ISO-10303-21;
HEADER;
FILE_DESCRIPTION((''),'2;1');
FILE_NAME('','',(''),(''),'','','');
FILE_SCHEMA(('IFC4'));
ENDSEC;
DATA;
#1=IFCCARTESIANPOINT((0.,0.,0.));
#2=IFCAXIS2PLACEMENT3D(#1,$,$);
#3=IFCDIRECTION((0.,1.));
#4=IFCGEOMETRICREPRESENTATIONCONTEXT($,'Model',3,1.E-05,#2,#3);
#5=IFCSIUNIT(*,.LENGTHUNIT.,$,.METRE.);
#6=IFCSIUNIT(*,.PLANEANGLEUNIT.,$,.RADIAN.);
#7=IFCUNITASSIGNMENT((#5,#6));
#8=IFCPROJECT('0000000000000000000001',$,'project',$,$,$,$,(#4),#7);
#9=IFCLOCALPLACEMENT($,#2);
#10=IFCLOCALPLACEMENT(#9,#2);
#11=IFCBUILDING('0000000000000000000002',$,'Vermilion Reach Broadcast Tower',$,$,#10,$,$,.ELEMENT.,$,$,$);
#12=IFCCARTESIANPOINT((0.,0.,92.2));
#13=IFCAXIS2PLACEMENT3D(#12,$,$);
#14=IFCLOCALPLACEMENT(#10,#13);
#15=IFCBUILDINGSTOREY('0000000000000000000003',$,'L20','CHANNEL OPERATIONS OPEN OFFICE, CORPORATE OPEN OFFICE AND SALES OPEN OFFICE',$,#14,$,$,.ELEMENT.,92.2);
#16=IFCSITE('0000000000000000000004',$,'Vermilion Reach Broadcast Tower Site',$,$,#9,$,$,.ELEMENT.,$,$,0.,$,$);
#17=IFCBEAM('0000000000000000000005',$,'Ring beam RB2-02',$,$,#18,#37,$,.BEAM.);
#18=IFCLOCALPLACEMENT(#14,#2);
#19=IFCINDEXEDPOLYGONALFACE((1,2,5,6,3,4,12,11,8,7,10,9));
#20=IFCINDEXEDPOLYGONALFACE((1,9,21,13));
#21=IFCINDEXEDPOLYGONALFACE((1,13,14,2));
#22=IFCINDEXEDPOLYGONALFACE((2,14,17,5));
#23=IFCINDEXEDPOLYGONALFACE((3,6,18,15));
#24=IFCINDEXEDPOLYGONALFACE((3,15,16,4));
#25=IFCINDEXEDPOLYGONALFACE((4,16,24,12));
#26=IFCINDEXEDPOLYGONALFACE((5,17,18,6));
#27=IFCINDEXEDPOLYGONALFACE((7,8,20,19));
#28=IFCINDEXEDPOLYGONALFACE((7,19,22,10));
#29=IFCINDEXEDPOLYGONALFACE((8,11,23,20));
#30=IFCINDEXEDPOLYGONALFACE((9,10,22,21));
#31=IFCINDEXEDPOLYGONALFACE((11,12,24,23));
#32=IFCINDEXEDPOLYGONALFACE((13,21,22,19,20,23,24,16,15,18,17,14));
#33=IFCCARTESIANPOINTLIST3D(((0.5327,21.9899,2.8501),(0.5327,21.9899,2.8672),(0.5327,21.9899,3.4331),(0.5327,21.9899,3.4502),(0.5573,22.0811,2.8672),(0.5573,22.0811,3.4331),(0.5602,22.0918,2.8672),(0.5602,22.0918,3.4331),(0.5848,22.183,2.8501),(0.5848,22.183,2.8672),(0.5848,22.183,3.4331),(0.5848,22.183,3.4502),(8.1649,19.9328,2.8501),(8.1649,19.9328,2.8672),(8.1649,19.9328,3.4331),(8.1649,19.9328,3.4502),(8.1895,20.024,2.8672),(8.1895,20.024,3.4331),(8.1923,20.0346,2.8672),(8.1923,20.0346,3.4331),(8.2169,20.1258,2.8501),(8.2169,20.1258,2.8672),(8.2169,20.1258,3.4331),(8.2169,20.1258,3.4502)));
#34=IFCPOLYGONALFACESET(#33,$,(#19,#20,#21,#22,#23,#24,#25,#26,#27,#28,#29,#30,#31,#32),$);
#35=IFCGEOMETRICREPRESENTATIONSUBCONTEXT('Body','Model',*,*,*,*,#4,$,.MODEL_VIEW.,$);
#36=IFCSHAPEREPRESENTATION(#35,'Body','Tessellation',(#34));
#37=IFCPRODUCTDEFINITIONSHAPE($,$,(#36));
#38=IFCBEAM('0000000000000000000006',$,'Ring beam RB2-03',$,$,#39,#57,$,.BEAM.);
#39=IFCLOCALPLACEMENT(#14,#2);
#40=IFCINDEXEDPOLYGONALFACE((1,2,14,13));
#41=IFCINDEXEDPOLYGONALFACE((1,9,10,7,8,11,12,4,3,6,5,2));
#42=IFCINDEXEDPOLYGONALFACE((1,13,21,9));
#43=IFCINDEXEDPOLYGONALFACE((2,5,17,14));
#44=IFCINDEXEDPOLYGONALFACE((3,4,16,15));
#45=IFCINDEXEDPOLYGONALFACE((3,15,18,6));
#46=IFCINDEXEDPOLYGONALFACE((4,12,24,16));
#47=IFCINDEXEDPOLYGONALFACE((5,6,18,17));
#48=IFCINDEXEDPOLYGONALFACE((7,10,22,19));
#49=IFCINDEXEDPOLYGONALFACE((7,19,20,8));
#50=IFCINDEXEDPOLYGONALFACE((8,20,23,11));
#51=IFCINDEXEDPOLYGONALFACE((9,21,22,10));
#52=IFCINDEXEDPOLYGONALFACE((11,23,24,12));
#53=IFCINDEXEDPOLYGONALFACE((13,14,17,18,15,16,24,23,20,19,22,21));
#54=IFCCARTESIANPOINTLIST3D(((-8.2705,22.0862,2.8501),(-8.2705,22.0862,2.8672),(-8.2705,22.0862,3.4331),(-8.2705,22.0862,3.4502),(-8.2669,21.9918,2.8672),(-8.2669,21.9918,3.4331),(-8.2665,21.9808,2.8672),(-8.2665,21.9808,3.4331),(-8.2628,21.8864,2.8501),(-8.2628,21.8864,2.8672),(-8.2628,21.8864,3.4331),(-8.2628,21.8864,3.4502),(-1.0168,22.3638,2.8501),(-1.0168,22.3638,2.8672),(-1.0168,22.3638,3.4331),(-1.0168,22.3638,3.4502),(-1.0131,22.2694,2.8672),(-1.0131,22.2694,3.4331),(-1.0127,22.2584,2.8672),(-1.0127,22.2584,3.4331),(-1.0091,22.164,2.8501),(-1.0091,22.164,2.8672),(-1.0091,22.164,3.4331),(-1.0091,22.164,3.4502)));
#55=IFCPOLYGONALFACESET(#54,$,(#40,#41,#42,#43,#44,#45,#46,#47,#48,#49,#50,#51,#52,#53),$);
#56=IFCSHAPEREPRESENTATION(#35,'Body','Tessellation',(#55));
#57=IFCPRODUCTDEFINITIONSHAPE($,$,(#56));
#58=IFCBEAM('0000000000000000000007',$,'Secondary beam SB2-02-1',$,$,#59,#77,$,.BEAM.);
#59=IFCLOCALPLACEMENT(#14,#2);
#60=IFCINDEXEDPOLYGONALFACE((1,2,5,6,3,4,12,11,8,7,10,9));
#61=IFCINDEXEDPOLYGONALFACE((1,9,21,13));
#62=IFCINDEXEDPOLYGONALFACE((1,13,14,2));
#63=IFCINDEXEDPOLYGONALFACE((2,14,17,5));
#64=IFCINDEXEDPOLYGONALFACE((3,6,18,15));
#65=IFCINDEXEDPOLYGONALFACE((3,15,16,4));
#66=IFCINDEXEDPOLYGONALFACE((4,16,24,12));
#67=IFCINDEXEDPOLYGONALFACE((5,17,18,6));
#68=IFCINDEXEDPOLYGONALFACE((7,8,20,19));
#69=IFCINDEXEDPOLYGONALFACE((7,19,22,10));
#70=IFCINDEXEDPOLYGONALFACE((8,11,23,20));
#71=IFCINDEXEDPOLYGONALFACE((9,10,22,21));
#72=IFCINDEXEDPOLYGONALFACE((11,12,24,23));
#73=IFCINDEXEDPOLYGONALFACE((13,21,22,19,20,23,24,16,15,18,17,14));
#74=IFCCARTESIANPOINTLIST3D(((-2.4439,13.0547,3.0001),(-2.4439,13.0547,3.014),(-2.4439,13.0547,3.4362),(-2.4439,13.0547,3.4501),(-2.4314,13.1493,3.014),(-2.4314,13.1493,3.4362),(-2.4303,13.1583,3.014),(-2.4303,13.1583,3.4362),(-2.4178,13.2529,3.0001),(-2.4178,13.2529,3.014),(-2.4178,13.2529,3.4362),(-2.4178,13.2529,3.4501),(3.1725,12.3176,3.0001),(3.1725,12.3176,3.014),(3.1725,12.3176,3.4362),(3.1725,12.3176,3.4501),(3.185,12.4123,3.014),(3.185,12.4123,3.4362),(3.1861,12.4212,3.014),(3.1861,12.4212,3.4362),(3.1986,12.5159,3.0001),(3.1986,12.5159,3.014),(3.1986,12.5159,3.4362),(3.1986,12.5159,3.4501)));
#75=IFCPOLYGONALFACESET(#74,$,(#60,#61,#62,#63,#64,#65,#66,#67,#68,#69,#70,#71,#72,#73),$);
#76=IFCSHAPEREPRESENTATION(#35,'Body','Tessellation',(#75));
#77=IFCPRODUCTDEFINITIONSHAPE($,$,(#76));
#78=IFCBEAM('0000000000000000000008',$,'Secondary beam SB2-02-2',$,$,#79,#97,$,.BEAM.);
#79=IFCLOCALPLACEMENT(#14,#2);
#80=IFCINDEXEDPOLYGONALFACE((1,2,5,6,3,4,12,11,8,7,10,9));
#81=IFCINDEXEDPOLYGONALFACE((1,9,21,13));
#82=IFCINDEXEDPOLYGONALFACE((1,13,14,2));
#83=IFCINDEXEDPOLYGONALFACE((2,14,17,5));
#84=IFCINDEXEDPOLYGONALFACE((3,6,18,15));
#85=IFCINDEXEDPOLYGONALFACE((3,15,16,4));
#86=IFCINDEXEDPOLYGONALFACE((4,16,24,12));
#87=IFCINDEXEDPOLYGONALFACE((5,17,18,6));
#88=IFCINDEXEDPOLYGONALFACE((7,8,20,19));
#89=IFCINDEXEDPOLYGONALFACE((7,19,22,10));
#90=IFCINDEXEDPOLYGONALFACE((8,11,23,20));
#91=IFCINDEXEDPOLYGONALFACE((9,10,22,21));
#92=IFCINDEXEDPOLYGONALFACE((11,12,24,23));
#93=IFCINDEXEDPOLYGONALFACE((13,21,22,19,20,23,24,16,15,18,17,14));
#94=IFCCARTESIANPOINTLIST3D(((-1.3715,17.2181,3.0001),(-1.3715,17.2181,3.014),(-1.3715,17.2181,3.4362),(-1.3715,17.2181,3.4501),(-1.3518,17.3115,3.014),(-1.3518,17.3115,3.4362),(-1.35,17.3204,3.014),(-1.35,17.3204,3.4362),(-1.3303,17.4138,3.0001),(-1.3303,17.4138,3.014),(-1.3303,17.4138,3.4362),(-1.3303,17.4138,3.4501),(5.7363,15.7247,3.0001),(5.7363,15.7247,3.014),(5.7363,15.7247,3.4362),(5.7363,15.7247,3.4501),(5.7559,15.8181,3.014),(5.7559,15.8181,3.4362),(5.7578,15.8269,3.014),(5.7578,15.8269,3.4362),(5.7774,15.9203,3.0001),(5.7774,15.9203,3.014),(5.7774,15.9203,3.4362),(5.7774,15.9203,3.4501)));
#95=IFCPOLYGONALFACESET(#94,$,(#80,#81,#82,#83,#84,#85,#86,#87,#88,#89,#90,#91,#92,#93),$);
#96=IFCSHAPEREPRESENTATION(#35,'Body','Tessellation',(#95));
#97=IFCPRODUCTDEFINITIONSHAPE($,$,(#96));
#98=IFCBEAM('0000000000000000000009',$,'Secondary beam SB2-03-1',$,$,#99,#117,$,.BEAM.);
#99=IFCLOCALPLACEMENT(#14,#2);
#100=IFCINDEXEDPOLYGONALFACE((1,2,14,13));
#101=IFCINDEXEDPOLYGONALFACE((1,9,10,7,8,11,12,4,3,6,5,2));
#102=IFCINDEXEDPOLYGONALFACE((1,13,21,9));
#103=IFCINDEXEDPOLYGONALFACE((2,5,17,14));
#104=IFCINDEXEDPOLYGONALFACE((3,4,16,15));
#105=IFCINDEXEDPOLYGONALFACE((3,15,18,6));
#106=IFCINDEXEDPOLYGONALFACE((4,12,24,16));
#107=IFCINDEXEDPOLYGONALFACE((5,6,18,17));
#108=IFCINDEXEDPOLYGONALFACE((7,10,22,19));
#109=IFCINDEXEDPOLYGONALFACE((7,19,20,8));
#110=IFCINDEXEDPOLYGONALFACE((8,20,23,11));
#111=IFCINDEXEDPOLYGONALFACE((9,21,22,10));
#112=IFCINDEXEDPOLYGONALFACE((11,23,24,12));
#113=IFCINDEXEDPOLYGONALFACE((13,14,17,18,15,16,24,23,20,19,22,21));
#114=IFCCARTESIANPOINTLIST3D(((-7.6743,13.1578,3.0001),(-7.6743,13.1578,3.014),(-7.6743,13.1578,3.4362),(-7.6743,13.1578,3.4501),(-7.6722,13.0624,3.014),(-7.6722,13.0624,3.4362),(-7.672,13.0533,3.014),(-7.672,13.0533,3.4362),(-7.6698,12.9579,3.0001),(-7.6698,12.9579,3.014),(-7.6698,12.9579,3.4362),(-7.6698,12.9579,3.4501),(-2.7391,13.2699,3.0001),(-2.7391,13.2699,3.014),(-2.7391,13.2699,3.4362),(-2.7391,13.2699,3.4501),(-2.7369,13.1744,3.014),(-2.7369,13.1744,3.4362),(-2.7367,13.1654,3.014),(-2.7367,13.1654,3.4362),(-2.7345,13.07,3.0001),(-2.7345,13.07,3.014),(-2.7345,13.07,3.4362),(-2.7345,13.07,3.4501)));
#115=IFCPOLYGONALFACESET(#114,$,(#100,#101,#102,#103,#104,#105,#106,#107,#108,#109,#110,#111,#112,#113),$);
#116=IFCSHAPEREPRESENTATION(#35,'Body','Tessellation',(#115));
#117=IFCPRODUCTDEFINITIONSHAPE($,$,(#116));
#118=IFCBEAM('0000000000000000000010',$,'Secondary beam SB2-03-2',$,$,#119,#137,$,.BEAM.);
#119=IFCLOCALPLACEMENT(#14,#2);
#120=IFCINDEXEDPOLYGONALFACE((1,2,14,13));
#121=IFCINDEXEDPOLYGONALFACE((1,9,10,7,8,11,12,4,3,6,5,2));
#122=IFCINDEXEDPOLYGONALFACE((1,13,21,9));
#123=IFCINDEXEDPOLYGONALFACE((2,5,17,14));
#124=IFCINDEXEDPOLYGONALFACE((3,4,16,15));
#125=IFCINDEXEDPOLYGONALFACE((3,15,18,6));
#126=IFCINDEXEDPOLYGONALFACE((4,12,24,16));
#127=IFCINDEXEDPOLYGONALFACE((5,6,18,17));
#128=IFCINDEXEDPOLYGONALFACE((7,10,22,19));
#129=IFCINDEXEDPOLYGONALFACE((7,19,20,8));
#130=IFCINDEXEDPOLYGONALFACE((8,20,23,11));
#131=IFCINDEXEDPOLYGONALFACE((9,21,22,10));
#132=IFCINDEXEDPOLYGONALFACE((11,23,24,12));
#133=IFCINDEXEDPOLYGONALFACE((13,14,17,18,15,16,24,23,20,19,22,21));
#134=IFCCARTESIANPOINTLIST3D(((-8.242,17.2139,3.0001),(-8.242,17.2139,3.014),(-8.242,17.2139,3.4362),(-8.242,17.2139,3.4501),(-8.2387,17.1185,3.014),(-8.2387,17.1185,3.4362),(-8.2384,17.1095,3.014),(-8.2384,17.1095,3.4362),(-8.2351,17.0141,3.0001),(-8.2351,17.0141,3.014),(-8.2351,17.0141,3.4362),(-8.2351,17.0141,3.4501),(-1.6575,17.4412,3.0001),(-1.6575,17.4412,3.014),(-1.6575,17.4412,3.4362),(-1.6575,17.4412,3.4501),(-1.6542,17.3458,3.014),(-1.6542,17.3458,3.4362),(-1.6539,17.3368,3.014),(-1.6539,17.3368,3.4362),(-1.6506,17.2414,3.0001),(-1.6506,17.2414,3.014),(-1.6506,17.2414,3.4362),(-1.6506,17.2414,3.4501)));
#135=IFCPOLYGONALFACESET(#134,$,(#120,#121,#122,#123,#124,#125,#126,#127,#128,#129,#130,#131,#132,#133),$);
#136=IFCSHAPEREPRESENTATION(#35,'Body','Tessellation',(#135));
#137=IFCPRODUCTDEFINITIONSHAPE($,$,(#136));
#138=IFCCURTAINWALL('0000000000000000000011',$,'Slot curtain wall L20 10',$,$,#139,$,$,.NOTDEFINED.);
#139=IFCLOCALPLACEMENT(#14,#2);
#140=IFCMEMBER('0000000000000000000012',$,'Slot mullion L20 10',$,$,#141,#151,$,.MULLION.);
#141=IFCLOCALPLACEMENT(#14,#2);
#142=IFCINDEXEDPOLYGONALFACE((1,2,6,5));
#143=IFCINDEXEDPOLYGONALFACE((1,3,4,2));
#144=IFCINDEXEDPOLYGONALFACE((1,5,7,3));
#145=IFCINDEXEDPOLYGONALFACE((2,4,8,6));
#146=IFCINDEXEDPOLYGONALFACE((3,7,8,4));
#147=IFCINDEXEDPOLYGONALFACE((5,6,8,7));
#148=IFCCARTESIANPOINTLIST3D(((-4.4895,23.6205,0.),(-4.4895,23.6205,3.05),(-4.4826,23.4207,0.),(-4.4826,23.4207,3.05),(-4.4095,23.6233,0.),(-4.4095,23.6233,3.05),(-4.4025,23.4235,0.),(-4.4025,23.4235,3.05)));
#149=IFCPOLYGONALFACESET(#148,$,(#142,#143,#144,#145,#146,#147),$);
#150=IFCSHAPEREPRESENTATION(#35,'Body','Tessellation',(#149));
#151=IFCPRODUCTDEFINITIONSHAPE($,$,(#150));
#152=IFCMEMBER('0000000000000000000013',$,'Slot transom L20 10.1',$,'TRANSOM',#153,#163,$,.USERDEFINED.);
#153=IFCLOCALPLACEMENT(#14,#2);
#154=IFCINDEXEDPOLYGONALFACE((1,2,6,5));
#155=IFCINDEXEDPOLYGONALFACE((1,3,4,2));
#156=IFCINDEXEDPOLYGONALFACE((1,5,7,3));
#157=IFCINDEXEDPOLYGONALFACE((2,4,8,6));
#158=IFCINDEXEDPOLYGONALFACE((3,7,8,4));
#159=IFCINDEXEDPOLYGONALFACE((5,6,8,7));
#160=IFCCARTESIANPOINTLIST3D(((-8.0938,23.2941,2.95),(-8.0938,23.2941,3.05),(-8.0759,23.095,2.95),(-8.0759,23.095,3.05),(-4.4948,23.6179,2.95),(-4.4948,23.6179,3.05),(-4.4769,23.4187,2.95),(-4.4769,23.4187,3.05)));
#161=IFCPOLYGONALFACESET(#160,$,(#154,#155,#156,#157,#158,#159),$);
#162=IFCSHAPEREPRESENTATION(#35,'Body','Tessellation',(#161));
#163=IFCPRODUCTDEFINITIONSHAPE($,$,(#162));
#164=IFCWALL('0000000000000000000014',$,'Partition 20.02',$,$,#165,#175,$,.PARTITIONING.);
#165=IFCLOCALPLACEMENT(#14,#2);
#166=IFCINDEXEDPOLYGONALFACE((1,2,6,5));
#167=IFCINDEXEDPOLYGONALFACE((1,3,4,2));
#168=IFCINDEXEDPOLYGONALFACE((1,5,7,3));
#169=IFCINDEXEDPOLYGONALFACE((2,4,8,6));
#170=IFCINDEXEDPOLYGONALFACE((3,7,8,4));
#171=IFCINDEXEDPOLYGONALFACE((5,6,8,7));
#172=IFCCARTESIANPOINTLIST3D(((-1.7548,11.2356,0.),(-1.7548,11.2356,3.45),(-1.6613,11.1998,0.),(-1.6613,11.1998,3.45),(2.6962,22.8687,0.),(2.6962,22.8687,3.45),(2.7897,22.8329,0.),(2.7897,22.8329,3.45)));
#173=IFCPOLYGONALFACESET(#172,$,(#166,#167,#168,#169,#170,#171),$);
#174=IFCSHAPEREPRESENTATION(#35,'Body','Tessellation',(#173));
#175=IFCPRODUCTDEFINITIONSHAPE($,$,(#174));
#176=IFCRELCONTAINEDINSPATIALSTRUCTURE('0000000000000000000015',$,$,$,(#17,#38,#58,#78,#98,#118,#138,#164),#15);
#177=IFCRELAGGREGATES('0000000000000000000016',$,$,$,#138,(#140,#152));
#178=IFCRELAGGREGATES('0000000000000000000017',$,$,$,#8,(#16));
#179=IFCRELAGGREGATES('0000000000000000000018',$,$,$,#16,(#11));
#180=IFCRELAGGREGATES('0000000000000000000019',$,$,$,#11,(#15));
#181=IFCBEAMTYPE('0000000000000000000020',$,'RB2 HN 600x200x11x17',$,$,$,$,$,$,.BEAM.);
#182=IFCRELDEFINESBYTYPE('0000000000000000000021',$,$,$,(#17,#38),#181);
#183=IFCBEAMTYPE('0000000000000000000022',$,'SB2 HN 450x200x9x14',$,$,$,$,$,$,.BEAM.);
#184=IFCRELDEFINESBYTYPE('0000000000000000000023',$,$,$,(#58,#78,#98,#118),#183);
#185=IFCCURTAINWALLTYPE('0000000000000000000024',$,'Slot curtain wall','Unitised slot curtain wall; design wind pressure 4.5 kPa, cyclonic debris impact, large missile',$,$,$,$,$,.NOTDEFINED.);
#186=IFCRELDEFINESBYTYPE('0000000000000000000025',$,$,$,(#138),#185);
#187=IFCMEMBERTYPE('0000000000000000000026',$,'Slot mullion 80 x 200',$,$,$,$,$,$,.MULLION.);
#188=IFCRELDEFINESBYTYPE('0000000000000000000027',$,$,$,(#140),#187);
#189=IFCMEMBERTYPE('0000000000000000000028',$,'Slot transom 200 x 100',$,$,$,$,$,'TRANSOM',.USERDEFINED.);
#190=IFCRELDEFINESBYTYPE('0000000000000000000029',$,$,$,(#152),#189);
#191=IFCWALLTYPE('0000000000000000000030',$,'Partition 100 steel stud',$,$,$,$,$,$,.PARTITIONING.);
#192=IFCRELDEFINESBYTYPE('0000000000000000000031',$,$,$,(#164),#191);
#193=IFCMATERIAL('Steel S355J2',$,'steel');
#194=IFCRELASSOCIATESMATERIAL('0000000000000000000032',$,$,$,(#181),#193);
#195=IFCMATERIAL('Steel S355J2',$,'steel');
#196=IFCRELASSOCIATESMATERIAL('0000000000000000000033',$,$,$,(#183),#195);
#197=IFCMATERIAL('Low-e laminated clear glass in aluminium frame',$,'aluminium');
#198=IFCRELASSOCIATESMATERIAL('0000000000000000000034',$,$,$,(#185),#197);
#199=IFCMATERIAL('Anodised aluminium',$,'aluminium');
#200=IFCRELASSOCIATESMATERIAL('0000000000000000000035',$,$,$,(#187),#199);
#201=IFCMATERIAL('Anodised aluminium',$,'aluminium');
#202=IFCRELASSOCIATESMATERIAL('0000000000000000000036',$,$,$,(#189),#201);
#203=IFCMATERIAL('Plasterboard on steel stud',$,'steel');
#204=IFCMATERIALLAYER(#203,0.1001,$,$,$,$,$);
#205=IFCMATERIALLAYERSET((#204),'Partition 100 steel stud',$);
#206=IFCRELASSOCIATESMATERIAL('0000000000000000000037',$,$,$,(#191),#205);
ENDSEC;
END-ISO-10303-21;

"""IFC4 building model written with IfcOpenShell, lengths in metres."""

from ifc_helpers import new_model, si_unit, direction, frame, frame_2d, origin, origin_2d, place, context, subcontext, project, spatial, rectangle, i_section, extrude, material, layer, layer_set, material_profile, profile_set, type_object, element, aggregate, save


model = new_model("IFC4")

# Units and contexts
model_context = context("Model", 3, precision=1e-05, world=origin(), true_north=direction((0.0, 1.0)))
body_context = subcontext(model_context, "Body", "Model", "MODEL_VIEW")
ifc_project = project(units=[si_unit("LENGTHUNIT", "METRE"), si_unit("PLANEANGLEUNIT", "RADIAN")], contexts=[model_context])

# Site, building, storey
site_placement = place(None, origin())
site = spatial("IfcSite", under=ifc_project, at=site_placement, Name="Vermilion Reach Broadcast Tower Site", CompositionType="ELEMENT", RefElevation=0.0)
building_placement = place(site_placement, origin())
building = spatial("IfcBuilding", under=site, at=building_placement, Name="Vermilion Reach Broadcast Tower", CompositionType="ELEMENT")
storey_placement = place(building_placement, frame((0.0, 0.0, 92.2)))
storey = spatial("IfcBuildingStorey", under=building, at=storey_placement, Name="L20", Description="CHANNEL OPERATIONS OPEN OFFICE, CORPORATE OPEN OFFICE AND SALES OPEN OFFICE", CompositionType="ELEMENT", Elevation=92.2)

# Beams
ifc_material_1 = material(Name="Steel S355J2", Category="steel")
ifc_material_profile_1 = material_profile(ifc_material_1, i_section(OverallWidth=0.2, OverallDepth=0.6001, WebThickness=0.011, FlangeThickness=0.0171, at=origin_2d()), Name="S355J2 HN 600x200x11x17")
ifc_profile_set_1 = profile_set([ifc_material_profile_1], Name="Steel S355J2")
beam_type_1 = type_object("IfcBeamType", Name="RB2 HN 600x200x11x17", PredefinedType="BEAM", material=ifc_profile_set_1)
beam_1_placement = place(storey_placement, frame((8.1909, 20.0293, 3.1501), z_axis=(-0.965541, 0.260249, 0.0), x_axis=(-0.260249, -0.965541, 0.0)))
element("IfcBeam", 1, at=beam_1_placement, inside=storey, type_object=beam_type_1, Name="Ring beam RB2-02", PredefinedType="BEAM", context=body_context, shape_type="SweptSolid", body=[
    extrude(i_section(OverallWidth=0.2, OverallDepth=0.6001, WebThickness=0.011, FlangeThickness=0.0171, at=origin_2d()), origin(), (0.0, 0.0, 1.0), 7.9045),
])
beam_2_placement = place(storey_placement, frame((-1.0129, 22.2639, 3.1501), z_axis=(-0.999269, -0.038241, 0.0), x_axis=(0.038241, -0.999269, 0.0)))
element("IfcBeam", 2, at=beam_2_placement, inside=storey, type_object=beam_type_1, Name="Ring beam RB2-03", PredefinedType="BEAM", context=body_context, shape_type="SweptSolid", body=[
    extrude(i_section(OverallWidth=0.2, OverallDepth=0.6001, WebThickness=0.011, FlangeThickness=0.0171, at=origin_2d()), origin(), (0.0, 0.0, 1.0), 7.259),
])
ifc_material_2 = material(Name="Steel S355J2", Category="steel")
ifc_material_profile_2 = material_profile(ifc_material_2, i_section(OverallWidth=0.2, OverallDepth=0.45, WebThickness=0.009, FlangeThickness=0.0139, at=origin_2d()), Name="S355J2 HN 450x200x9x14")
ifc_profile_set_2 = profile_set([ifc_material_profile_2], Name="Steel S355J2")
beam_type_2 = type_object("IfcBeamType", Name="SB2 HN 450x200x9x14", PredefinedType="BEAM", material=ifc_profile_set_2)
beam_3_placement = place(storey_placement, frame((3.1855, 12.4167, 3.2251), z_axis=(-0.991499, 0.130117, 0.0), x_axis=(-0.130117, -0.991499, 0.0)))
element("IfcBeam", 3, at=beam_3_placement, inside=storey, type_object=beam_type_2, Name="Secondary beam SB2-02-1", PredefinedType="BEAM", context=body_context, shape_type="SweptSolid", body=[
    extrude(i_section(OverallWidth=0.2, OverallDepth=0.45, WebThickness=0.009, FlangeThickness=0.0139, at=origin_2d()), origin(), (0.0, 0.0, 1.0), 5.6646),
])
beam_4_placement = place(storey_placement, frame((5.7568, 15.8225, 3.2251), z_axis=(-0.978631, 0.205623, 0.0), x_axis=(-0.205623, -0.978631, 0.0)))
element("IfcBeam", 4, at=beam_4_placement, inside=storey, type_object=beam_type_2, Name="Secondary beam SB2-02-2", PredefinedType="BEAM", context=body_context, shape_type="SweptSolid", body=[
    extrude(i_section(OverallWidth=0.2, OverallDepth=0.45, WebThickness=0.009, FlangeThickness=0.0139, at=origin_2d()), origin(), (0.0, 0.0, 1.0), 7.2629),
])
beam_5_placement = place(storey_placement, frame((-2.7368, 13.1699, 3.2251), z_axis=(-0.999742, -0.0227, 0.0), x_axis=(0.0227, -0.999742, 0.0)))
element("IfcBeam", 5, at=beam_5_placement, inside=storey, type_object=beam_type_2, Name="Secondary beam SB2-03-1", PredefinedType="BEAM", context=body_context, shape_type="SweptSolid", body=[
    extrude(i_section(OverallWidth=0.2, OverallDepth=0.45, WebThickness=0.009, FlangeThickness=0.0139, at=origin_2d()), origin(), (0.0, 0.0, 1.0), 4.9365),
])
beam_6_placement = place(storey_placement, frame((-1.6541, 17.3413, 3.2251), z_axis=(-0.999405, -0.034499, 0.0), x_axis=(0.034499, -0.999405, 0.0)))
element("IfcBeam", 6, at=beam_6_placement, inside=storey, type_object=beam_type_2, Name="Secondary beam SB2-03-2", PredefinedType="BEAM", context=body_context, shape_type="SweptSolid", body=[
    extrude(i_section(OverallWidth=0.2, OverallDepth=0.45, WebThickness=0.009, FlangeThickness=0.0139, at=origin_2d()), origin(), (0.0, 0.0, 1.0), 6.5884),
])

# Curtain wall, members
ifc_material_3 = material(Name="Low-e laminated clear glass in aluminium frame", Category="aluminium")
curtain_wall_type = type_object("IfcCurtainWallType", Name="Slot curtain wall", Description="Unitised slot curtain wall; design wind pressure 4.5 kPa, cyclonic debris impact, large missile", PredefinedType="NOTDEFINED", material=ifc_material_3)
curtain_wall_placement = place(storey_placement, origin())
curtain_wall = element("IfcCurtainWall", 7, at=curtain_wall_placement, inside=storey, type_object=curtain_wall_type, Name="Slot curtain wall L20 10", PredefinedType="NOTDEFINED")
ifc_material_4 = material(Name="Anodised aluminium", Category="aluminium")
ifc_material_profile_3 = material_profile(ifc_material_4, rectangle(XDim=0.2, YDim=0.0801, at=origin_2d()), Name="Slot mullion 80 x 200")
ifc_profile_set_3 = profile_set([ifc_material_profile_3], Name="Anodised aluminium")
member_type_1 = type_object("IfcMemberType", Name="Slot mullion 80 x 200", PredefinedType="MULLION", material=ifc_profile_set_3)
member_1_placement = place(storey_placement, frame((-4.446, 23.522, 0.0), z_axis=(0.0, 0.0, 1.0), x_axis=(0.034882, -0.999391, 0.0)))
member_1 = element("IfcMember", 8, at=member_1_placement, type_object=member_type_1, Name="Slot mullion L20 10", PredefinedType="MULLION", context=body_context, shape_type="SweptSolid", body=[
    extrude(rectangle(XDim=0.2, YDim=0.0801, at=origin_2d()), origin(), (0.0, 0.0, 1.0), 3.05),
])
ifc_material_5 = material(Name="Anodised aluminium", Category="aluminium")
ifc_material_profile_4 = material_profile(ifc_material_5, rectangle(XDim=0.2, YDim=0.1001, at=origin_2d()), Name="Slot transom 200 x 100")
ifc_profile_set_4 = profile_set([ifc_material_profile_4], Name="Anodised aluminium")
member_type_2 = type_object("IfcMemberType", Name="Slot transom 200 x 100", ElementType="TRANSOM", PredefinedType="USERDEFINED", material=ifc_profile_set_4)
member_2_placement = place(storey_placement, frame((-4.4858, 23.5183, 3.0), z_axis=(-0.995979, -0.089591, 0.0), x_axis=(0.089591, -0.995979, 0.0)))
member_2 = element("IfcMember", 9, at=member_2_placement, type_object=member_type_2, Name="Slot transom L20 10.1", ObjectType="TRANSOM", PredefinedType="USERDEFINED", context=body_context, shape_type="SweptSolid", body=[
    extrude(rectangle(XDim=0.2, YDim=0.1001, at=origin_2d()), origin(), (0.0, 0.0, 1.0), 3.6135),
])
aggregate(curtain_wall, [member_1, member_2])

# Wall
ifc_material_6 = material(Name="Plasterboard on steel stud", Category="steel")
ifc_layer_1 = layer(ifc_material_6, 0.1001)
ifc_layer_set_1 = layer_set([ifc_layer_1], Name="Partition 100 steel stud")
wall_type_1 = type_object("IfcWallType", Name="Partition 100 steel stud", PredefinedType="PARTITIONING", material=ifc_layer_set_1)
wall_1_placement = place(storey_placement, frame((2.7429, 22.8508, 0.0), z_axis=(0.0, 0.0, 1.0), x_axis=(-0.357347, -0.933972, 0.0)))
element("IfcWall", 10, at=wall_1_placement, inside=storey, type_object=wall_type_1, Name="Partition 20.02", PredefinedType="PARTITIONING", context=body_context, shape_type="SweptSolid", body=[
    extrude(rectangle(XDim=12.4556, YDim=0.1001, at=frame_2d((6.2278, 0.0))), origin(), (0.0, 0.0, 1.0), 3.45),
])

save(model, "model.ifc")
